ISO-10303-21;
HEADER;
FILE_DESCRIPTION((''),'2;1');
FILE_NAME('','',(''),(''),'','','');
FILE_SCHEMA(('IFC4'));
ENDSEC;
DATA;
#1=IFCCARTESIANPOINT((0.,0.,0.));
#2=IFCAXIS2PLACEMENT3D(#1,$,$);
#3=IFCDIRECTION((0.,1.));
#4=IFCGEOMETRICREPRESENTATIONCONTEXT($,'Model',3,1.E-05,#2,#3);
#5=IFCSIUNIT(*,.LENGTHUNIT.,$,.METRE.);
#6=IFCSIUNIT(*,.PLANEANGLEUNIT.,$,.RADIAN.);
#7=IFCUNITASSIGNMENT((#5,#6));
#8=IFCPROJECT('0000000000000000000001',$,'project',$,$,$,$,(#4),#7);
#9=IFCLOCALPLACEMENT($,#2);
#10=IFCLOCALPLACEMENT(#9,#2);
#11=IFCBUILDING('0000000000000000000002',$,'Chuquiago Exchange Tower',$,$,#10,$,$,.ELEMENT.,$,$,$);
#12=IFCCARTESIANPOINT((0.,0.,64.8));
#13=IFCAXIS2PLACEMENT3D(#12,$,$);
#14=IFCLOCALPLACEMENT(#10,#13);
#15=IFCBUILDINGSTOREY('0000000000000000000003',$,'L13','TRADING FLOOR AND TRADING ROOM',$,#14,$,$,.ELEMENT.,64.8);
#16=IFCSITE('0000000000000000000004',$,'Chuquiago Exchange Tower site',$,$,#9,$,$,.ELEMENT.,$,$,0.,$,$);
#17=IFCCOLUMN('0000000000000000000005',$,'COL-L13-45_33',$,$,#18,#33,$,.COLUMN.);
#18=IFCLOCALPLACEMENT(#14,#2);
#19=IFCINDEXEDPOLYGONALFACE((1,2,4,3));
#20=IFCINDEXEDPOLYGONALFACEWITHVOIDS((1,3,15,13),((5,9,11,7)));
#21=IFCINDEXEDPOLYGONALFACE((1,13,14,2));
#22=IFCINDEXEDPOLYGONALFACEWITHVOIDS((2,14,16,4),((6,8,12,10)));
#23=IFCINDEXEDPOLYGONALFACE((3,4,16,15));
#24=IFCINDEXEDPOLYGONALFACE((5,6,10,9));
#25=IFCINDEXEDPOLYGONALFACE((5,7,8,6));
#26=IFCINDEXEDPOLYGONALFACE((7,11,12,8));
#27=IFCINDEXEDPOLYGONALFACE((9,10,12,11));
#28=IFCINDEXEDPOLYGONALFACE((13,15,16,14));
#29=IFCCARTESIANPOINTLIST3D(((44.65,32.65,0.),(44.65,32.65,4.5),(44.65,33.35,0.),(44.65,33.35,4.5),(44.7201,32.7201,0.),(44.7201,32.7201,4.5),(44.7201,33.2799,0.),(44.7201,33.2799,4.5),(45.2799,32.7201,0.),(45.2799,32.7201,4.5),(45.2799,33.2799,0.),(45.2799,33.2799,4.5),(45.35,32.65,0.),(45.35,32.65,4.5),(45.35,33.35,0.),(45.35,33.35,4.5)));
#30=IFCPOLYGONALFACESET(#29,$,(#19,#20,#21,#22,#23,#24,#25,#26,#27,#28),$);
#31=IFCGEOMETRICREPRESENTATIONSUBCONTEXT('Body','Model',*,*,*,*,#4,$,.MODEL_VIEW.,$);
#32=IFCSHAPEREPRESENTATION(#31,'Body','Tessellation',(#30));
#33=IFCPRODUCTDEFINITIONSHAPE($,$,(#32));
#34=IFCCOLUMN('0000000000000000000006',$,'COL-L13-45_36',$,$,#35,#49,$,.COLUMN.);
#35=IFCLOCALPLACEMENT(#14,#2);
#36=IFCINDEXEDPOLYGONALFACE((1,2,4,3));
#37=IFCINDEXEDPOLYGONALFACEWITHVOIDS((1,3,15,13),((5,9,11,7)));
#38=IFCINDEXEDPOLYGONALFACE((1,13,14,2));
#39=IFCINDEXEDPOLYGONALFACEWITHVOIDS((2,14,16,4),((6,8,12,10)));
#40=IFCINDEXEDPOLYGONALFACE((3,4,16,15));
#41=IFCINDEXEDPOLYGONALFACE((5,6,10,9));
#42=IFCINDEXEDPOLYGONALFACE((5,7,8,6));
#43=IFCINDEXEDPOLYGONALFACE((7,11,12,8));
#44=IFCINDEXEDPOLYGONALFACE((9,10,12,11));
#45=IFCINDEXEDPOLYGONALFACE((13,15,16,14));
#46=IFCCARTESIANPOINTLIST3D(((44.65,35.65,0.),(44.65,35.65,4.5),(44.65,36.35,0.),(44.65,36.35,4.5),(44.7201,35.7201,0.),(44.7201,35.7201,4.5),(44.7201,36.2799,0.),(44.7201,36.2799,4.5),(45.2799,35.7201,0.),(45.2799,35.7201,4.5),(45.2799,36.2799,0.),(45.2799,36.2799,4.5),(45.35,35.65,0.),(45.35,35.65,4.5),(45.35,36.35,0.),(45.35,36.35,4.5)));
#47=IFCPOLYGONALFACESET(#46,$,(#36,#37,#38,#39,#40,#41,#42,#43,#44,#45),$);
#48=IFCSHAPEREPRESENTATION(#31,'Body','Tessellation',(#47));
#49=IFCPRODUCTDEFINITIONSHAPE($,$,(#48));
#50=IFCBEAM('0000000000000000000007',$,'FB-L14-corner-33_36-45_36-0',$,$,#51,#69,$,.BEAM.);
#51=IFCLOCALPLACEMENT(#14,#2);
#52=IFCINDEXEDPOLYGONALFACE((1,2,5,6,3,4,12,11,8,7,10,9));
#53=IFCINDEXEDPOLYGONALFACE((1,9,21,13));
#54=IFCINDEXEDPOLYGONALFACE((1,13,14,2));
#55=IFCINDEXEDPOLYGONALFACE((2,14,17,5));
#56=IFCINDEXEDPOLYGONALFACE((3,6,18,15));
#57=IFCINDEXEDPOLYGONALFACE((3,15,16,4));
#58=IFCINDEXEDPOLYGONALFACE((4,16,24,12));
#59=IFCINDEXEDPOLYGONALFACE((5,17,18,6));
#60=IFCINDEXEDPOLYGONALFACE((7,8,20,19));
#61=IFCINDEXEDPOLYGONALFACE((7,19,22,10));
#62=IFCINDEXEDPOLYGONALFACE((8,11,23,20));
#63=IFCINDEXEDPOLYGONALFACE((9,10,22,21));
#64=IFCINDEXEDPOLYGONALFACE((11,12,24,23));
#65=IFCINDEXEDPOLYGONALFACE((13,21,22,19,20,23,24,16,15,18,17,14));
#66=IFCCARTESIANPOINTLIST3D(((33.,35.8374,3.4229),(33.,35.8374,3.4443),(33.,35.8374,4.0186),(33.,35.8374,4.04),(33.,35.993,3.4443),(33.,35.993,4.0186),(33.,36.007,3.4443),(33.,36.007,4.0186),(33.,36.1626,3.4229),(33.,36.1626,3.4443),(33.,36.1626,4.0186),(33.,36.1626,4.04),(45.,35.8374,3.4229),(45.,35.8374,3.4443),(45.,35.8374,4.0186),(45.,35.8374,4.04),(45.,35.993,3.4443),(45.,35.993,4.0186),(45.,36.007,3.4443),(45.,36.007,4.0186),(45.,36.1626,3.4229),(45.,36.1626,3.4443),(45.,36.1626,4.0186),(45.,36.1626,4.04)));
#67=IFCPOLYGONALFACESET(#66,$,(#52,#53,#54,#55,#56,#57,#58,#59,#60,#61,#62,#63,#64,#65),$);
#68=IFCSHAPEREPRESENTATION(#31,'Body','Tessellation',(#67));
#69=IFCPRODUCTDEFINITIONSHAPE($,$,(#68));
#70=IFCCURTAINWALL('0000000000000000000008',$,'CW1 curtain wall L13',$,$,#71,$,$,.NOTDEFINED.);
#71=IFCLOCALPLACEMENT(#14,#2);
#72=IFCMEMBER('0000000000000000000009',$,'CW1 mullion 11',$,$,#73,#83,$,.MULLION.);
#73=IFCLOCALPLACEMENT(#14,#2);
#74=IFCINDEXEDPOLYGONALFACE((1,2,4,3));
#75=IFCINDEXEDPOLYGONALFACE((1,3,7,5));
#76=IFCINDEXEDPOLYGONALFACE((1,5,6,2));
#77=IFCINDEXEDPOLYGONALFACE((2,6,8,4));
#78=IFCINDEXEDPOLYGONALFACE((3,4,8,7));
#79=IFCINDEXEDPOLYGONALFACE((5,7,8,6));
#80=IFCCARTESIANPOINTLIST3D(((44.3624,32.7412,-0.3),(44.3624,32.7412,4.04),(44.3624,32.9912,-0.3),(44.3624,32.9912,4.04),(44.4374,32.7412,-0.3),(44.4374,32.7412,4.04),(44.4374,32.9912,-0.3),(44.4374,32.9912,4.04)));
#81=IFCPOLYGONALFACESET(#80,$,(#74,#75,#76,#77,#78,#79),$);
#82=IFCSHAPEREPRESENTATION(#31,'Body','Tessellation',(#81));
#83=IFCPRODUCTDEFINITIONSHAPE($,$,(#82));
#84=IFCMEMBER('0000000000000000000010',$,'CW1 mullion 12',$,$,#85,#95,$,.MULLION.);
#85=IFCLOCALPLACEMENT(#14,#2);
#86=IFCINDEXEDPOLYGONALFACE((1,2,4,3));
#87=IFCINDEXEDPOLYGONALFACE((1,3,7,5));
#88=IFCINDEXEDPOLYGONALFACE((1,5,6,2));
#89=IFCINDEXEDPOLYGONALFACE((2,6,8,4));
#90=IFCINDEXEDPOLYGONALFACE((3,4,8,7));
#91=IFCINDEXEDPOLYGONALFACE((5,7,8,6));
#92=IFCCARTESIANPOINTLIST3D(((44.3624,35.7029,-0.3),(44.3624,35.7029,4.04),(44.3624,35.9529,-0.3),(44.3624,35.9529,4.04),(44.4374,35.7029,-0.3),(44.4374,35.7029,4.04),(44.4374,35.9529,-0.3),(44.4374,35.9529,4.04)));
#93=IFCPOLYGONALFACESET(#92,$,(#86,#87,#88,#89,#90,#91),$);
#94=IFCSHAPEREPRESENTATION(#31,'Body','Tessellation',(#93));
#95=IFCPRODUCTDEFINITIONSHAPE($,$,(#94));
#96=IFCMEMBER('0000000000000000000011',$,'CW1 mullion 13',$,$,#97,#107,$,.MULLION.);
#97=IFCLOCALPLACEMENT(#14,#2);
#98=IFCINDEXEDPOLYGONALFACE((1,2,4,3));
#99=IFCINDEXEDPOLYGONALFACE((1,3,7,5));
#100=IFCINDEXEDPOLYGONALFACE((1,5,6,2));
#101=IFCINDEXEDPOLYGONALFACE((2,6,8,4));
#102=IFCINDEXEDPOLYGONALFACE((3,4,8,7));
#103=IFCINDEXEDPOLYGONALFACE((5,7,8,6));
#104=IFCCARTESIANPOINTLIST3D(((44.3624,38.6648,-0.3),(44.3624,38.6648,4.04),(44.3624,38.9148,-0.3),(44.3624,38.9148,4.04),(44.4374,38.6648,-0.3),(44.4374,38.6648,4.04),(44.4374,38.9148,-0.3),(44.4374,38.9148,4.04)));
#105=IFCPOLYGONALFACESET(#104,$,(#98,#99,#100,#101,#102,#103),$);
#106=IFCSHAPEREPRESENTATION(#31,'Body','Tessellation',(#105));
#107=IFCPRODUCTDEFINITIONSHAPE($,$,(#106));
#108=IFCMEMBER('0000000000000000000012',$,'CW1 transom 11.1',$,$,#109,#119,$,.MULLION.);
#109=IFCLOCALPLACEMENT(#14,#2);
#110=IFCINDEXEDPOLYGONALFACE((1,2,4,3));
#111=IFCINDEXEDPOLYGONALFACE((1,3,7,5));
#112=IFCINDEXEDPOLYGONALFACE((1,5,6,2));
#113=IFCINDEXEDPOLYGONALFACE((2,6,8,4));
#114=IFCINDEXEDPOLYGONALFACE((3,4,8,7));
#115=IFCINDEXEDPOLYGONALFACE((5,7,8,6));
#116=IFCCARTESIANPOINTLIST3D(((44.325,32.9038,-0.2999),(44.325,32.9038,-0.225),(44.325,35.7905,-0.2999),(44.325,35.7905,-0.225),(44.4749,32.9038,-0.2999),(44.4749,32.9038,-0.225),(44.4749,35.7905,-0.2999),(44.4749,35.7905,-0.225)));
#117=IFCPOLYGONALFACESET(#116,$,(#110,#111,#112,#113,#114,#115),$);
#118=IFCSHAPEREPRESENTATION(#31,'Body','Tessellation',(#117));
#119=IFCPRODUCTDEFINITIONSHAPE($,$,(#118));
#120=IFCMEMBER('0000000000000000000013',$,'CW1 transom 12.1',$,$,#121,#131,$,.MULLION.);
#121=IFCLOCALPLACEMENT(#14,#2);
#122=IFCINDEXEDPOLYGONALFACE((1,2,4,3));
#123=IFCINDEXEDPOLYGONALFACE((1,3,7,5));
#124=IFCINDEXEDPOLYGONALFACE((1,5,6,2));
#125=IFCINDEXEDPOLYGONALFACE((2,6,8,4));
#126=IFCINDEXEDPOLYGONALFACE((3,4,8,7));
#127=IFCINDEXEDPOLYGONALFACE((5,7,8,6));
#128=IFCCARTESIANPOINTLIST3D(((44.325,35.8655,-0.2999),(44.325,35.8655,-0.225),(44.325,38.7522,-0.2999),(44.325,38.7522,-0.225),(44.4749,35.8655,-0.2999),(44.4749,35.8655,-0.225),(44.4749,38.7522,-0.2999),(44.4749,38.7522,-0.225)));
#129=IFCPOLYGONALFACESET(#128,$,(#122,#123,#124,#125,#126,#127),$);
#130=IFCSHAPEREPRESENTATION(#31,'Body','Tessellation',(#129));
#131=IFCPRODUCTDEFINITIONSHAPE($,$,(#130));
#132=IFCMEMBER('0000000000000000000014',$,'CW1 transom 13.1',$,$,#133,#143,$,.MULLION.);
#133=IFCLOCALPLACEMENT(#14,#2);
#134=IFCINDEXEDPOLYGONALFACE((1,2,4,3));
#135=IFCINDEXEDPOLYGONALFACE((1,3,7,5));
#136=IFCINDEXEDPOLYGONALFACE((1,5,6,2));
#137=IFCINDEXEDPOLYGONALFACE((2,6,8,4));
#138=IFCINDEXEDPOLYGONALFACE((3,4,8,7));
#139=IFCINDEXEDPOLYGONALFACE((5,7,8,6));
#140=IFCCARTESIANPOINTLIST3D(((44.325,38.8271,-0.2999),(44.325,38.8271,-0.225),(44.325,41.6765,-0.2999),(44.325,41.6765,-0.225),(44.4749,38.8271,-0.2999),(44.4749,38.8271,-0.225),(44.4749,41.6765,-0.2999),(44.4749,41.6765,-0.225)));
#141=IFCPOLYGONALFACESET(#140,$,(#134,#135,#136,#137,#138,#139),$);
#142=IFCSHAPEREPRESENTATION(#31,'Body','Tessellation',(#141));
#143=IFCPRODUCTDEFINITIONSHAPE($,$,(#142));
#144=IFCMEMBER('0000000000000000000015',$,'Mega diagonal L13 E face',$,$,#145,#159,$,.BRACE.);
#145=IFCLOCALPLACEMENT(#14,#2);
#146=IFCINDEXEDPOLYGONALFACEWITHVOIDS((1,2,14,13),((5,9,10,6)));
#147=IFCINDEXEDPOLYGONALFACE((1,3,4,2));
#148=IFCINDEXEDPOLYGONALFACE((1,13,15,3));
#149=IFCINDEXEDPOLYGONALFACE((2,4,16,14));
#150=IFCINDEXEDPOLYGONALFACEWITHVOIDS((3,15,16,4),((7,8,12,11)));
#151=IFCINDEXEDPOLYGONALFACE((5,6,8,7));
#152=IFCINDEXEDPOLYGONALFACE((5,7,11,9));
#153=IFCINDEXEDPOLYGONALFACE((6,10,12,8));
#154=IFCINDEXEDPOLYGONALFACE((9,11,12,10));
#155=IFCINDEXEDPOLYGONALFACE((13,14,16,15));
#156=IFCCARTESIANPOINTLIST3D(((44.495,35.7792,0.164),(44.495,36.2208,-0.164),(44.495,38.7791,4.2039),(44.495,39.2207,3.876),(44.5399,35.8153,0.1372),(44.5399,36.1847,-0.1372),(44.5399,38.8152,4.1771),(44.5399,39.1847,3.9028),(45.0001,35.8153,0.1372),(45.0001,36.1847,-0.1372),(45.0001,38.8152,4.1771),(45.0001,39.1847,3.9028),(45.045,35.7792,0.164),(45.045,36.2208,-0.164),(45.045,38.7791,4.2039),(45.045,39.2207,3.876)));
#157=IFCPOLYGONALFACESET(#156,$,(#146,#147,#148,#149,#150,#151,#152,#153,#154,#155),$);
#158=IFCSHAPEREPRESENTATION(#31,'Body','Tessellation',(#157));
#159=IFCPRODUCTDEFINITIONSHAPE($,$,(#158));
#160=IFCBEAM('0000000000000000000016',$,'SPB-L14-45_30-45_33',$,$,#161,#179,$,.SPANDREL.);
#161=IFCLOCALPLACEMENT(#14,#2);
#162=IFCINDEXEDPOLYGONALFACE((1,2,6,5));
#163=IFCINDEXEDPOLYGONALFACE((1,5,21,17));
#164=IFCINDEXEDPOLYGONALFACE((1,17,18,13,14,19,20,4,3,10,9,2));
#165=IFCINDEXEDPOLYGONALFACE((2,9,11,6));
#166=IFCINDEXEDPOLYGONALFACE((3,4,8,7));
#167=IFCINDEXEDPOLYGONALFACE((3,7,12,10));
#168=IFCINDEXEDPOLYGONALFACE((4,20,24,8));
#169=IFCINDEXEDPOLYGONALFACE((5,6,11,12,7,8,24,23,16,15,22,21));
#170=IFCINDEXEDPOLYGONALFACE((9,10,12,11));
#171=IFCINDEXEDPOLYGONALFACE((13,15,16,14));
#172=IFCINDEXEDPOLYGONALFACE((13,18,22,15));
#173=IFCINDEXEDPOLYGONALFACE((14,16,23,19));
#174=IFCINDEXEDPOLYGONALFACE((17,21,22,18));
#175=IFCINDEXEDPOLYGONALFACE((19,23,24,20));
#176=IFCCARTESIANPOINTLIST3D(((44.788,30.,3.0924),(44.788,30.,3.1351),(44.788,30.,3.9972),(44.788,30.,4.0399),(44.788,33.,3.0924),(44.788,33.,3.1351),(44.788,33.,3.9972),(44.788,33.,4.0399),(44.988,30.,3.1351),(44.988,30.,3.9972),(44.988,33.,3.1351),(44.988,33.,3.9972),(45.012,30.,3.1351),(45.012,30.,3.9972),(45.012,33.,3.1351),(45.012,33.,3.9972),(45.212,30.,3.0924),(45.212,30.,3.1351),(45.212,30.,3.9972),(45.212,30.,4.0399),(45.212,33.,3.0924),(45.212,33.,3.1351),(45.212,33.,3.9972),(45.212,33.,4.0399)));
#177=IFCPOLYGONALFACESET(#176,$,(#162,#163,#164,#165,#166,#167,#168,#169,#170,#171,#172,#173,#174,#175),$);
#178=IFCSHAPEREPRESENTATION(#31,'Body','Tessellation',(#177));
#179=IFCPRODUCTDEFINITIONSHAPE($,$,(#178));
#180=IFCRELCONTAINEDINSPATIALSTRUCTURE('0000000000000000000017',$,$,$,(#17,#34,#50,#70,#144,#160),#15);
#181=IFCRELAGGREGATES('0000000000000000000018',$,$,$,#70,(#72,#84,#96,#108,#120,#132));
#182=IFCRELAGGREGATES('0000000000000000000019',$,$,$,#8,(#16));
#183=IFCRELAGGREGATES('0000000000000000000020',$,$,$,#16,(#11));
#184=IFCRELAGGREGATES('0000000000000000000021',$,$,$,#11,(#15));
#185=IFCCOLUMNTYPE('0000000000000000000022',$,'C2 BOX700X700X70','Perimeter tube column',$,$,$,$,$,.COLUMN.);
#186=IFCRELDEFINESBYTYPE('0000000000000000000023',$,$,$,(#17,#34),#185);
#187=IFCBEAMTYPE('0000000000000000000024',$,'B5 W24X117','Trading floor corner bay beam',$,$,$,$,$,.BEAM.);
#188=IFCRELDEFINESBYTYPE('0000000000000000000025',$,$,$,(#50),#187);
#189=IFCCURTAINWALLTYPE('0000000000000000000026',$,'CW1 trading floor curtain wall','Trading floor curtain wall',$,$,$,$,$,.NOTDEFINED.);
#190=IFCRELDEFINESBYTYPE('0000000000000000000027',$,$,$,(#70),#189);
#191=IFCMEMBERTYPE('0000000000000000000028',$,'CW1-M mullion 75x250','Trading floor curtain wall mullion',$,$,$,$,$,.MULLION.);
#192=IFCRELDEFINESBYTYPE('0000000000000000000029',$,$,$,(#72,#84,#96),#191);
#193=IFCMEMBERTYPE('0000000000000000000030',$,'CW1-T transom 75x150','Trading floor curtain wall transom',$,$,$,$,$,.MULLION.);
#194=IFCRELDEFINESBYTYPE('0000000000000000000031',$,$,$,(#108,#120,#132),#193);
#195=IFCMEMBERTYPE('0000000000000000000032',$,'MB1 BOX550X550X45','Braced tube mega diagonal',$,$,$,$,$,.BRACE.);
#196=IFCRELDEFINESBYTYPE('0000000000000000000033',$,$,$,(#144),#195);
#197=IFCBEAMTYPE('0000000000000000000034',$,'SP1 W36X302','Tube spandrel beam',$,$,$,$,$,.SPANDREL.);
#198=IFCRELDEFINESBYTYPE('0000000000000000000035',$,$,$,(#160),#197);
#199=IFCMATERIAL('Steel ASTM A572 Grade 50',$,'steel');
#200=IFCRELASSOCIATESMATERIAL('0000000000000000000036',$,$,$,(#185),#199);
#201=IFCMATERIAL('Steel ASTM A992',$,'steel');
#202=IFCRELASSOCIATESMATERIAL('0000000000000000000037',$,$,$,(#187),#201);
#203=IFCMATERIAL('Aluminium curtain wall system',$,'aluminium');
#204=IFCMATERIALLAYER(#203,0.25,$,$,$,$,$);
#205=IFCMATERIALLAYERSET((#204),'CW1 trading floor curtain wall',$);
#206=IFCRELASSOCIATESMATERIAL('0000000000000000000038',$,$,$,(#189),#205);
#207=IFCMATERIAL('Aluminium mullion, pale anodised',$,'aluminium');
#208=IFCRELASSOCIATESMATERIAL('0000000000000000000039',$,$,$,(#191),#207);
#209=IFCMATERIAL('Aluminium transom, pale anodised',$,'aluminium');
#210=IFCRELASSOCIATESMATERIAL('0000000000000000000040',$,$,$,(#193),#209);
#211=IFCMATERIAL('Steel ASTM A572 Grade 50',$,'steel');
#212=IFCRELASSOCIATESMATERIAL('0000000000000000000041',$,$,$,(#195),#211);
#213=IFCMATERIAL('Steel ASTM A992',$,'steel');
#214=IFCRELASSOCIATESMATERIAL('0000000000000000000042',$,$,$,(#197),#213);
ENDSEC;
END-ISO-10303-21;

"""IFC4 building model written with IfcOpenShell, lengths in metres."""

from ifc_helpers import new_model, si_unit, direction, frame, origin, origin_2d, place, context, subcontext, project, spatial, rectangle, hollow_rectangle, i_section, extrude, material, layer, layer_set, material_profile, profile_set, type_object, element, aggregate, save


model = new_model("IFC4")

# Units and contexts
model_context = context("Model", 3, precision=1e-05, world=origin(), true_north=direction((0.0, 1.0)))
body_context = subcontext(model_context, "Body", "Model", "MODEL_VIEW")
ifc_project = project(units=[si_unit("LENGTHUNIT", "METRE"), si_unit("PLANEANGLEUNIT", "RADIAN")], contexts=[model_context])

# Site, building, storey
site_placement = place(None, origin())
site = spatial("IfcSite", under=ifc_project, at=site_placement, Name="Chuquiago Exchange Tower site", CompositionType="ELEMENT", RefElevation=0.0)
building_placement = place(site_placement, origin())
building = spatial("IfcBuilding", under=site, at=building_placement, Name="Chuquiago Exchange Tower", CompositionType="ELEMENT")
storey_placement = place(building_placement, frame((0.0, 0.0, 64.8)))
storey = spatial("IfcBuildingStorey", under=building, at=storey_placement, Name="L13", Description="TRADING FLOOR AND TRADING ROOM", CompositionType="ELEMENT", Elevation=64.8)

# Columns
ifc_material_1 = material(Name="Steel ASTM A572 Grade 50", Category="steel")
ifc_material_profile_1 = material_profile(ifc_material_1, hollow_rectangle(XDim=0.7, YDim=0.7, WallThickness=0.0701, at=origin_2d()), Name="BOX700X700X70")
ifc_profile_set_1 = profile_set([ifc_material_profile_1], Name="Steel ASTM A572 Grade 50")
column_type = type_object("IfcColumnType", Name="C2 BOX700X700X70", Description="Perimeter tube column", PredefinedType="COLUMN", material=ifc_profile_set_1)
for number, where, z_axis, x_axis, name in (
    (1, (45.0, 33.0, 0.0), (0.0, 0.0, 1.0), (1.0, 0.0, 0.0), "COL-L13-45_33"),
    (2, (45.0, 36.0, 0.0), (0.0, 0.0, 1.0), (1.0, 0.0, 0.0), "COL-L13-45_36"),
):
    element("IfcColumn", number, at=place(storey_placement, frame(where, z_axis=z_axis, x_axis=x_axis)), inside=storey, type_object=column_type, Name=name, PredefinedType="COLUMN", context=body_context, shape_type="SweptSolid", body=[
        extrude(hollow_rectangle(XDim=0.7, YDim=0.7, WallThickness=0.0701, at=origin_2d()), origin(), (0.0, 0.0, 1.0), 4.5),
    ])

# Beam
ifc_material_2 = material(Name="Steel ASTM A992", Category="steel")
ifc_material_profile_2 = material_profile(ifc_material_2, i_section(OverallWidth=0.3252, OverallDepth=0.6172, WebThickness=0.0139, FlangeThickness=0.0215, at=origin_2d()), Name="W24X117")
ifc_profile_set_2 = profile_set([ifc_material_profile_2], Name="Steel ASTM A992")
beam_type_1 = type_object("IfcBeamType", Name="B5 W24X117", Description="Trading floor corner bay beam", PredefinedType="BEAM", material=ifc_profile_set_2)
beam_placement = place(storey_placement, frame((33.0, 36.0, 3.7314), z_axis=(1.0, 0.0, 0.0), x_axis=(0.0, 1.0, 0.0)))
element("IfcBeam", 3, at=beam_placement, inside=storey, type_object=beam_type_1, Name="FB-L14-corner-33_36-45_36-0", PredefinedType="BEAM", context=body_context, shape_type="SweptSolid", body=[
    extrude(i_section(OverallWidth=0.3252, OverallDepth=0.6172, WebThickness=0.0139, FlangeThickness=0.0215, at=origin_2d()), origin(), (0.0, 0.0, 1.0), 12.0),
])

# Curtain wall, members
ifc_material_3 = material(Name="Aluminium curtain wall system", Category="aluminium")
ifc_layer_1 = layer(ifc_material_3, 0.25)
ifc_layer_set_1 = layer_set([ifc_layer_1], Name="CW1 trading floor curtain wall")
curtain_wall_type = type_object("IfcCurtainWallType", Name="CW1 trading floor curtain wall", Description="Trading floor curtain wall", PredefinedType="NOTDEFINED", material=ifc_layer_set_1)
curtain_wall_placement = place(storey_placement, origin())
curtain_wall = element("IfcCurtainWall", 4, at=curtain_wall_placement, inside=storey, type_object=curtain_wall_type, Name="CW1 curtain wall L13", PredefinedType="NOTDEFINED")
ifc_material_4 = material(Name="Aluminium mullion, pale anodised", Category="aluminium")
ifc_material_profile_3 = material_profile(ifc_material_4, rectangle(XDim=0.075, YDim=0.25, at=origin_2d()), Name="AL 75x250")
ifc_profile_set_3 = profile_set([ifc_material_profile_3], Name="Aluminium mullion, pale anodised")
member_type_1 = type_object("IfcMemberType", Name="CW1-M mullion 75x250", Description="Trading floor curtain wall mullion", PredefinedType="MULLION", material=ifc_profile_set_3)
member_1_placement = place(storey_placement, frame((44.3999, 32.8662, -0.3), z_axis=(0.0, 0.0, 1.0), x_axis=(-1.0, 0.0, 0.0)))
member_1 = element("IfcMember", 5, at=member_1_placement, type_object=member_type_1, Name="CW1 mullion 11", PredefinedType="MULLION", context=body_context, shape_type="SweptSolid", body=[
    extrude(rectangle(XDim=0.075, YDim=0.25, at=origin_2d()), origin(), (0.0, 0.0, 1.0), 4.3401),
])
member_2_placement = place(storey_placement, frame((44.3999, 35.8279, -0.3), z_axis=(0.0, 0.0, 1.0), x_axis=(-1.0, 0.0, 0.0)))
member_2 = element("IfcMember", 6, at=member_2_placement, type_object=member_type_1, Name="CW1 mullion 12", PredefinedType="MULLION", context=body_context, shape_type="SweptSolid", body=[
    extrude(rectangle(XDim=0.075, YDim=0.25, at=origin_2d()), origin(), (0.0, 0.0, 1.0), 4.3401),
])
member_3_placement = place(storey_placement, frame((44.3999, 38.7898, -0.3), z_axis=(0.0, 0.0, 1.0), x_axis=(-1.0, 0.0, 0.0)))
member_3 = element("IfcMember", 7, at=member_3_placement, type_object=member_type_1, Name="CW1 mullion 13", PredefinedType="MULLION", context=body_context, shape_type="SweptSolid", body=[
    extrude(rectangle(XDim=0.075, YDim=0.25, at=origin_2d()), origin(), (0.0, 0.0, 1.0), 4.3401),
])
ifc_material_5 = material(Name="Aluminium transom, pale anodised", Category="aluminium")
ifc_material_profile_4 = material_profile(ifc_material_5, rectangle(XDim=0.1499, YDim=0.075, at=origin_2d()), Name="AL 150x75")
ifc_profile_set_4 = profile_set([ifc_material_profile_4], Name="Aluminium transom, pale anodised")
member_type_2 = type_object("IfcMemberType", Name="CW1-T transom 75x150", Description="Trading floor curtain wall transom", PredefinedType="MULLION", material=ifc_profile_set_4)
member_4_placement = place(storey_placement, frame((44.3999, 32.9038, -0.2625), z_axis=(0.0, 1.0, 0.0), x_axis=(-1.0, 0.0, 0.0)))
member_4 = element("IfcMember", 8, at=member_4_placement, type_object=member_type_2, Name="CW1 transom 11.1", PredefinedType="MULLION", context=body_context, shape_type="SweptSolid", body=[
    extrude(rectangle(XDim=0.1499, YDim=0.075, at=origin_2d()), origin(), (0.0, 0.0, 1.0), 2.8867),
])
member_5_placement = place(storey_placement, frame((44.3999, 35.8655, -0.2625), z_axis=(0.0, 1.0, 0.0), x_axis=(-1.0, 0.0, 0.0)))
member_5 = element("IfcMember", 9, at=member_5_placement, type_object=member_type_2, Name="CW1 transom 12.1", PredefinedType="MULLION", context=body_context, shape_type="SweptSolid", body=[
    extrude(rectangle(XDim=0.1499, YDim=0.075, at=origin_2d()), origin(), (0.0, 0.0, 1.0), 2.8867),
])
member_6_placement = place(storey_placement, frame((44.3999, 38.8271, -0.2625), z_axis=(0.0, 1.0, 0.0), x_axis=(-1.0, 0.0, 0.0)))
member_6 = element("IfcMember", 10, at=member_6_placement, type_object=member_type_2, Name="CW1 transom 13.1", PredefinedType="MULLION", context=body_context, shape_type="SweptSolid", body=[
    extrude(rectangle(XDim=0.1499, YDim=0.075, at=origin_2d()), origin(), (0.0, 0.0, 1.0), 2.8494),
])

# Member
ifc_material_6 = material(Name="Steel ASTM A572 Grade 50", Category="steel")
ifc_material_profile_5 = material_profile(ifc_material_6, hollow_rectangle(XDim=0.55, YDim=0.55, WallThickness=0.0449, at=origin_2d()), Name="BOX550X550X45")
ifc_profile_set_5 = profile_set([ifc_material_profile_5], Name="Steel ASTM A572 Grade 50")
member_type_3 = type_object("IfcMemberType", Name="MB1 BOX550X550X45", Description="Braced tube mega diagonal", PredefinedType="BRACE", material=ifc_profile_set_5)
member_7_placement = place(storey_placement, frame((44.77, 36.0, 0.0), z_axis=(0.0, 0.596174, 0.802855), x_axis=(-1.0, 0.0, 0.0)))
element("IfcMember", 11, at=member_7_placement, inside=storey, type_object=member_type_3, Name="Mega diagonal L13 E face", PredefinedType="BRACE", context=body_context, shape_type="SweptSolid", body=[
    extrude(hollow_rectangle(XDim=0.55, YDim=0.55, WallThickness=0.0449, at=origin_2d()), origin(), (0.0, 0.0, 1.0), 5.032),
])

# Beam
ifc_material_7 = material(Name="Steel ASTM A992", Category="steel")
ifc_material_profile_6 = material_profile(ifc_material_7, i_section(OverallWidth=0.4241, OverallDepth=0.9475, WebThickness=0.0239, FlangeThickness=0.0427, at=origin_2d()), Name="W36X302")
ifc_profile_set_6 = profile_set([ifc_material_profile_6], Name="Steel ASTM A992")
beam_type_2 = type_object("IfcBeamType", Name="SP1 W36X302", Description="Tube spandrel beam", PredefinedType="SPANDREL", material=ifc_profile_set_6)
for number, where, z_axis, x_axis, name in (
    (12, (45.0, 30.0, 3.5662), (0.0, 1.0, 0.0), (-1.0, 0.0, 0.0), "SPB-L14-45_30-45_33"),
):
    element("IfcBeam", number, at=place(storey_placement, frame(where, z_axis=z_axis, x_axis=x_axis)), inside=storey, type_object=beam_type_2, Name=name, PredefinedType="SPANDREL", context=body_context, shape_type="SweptSolid", body=[
        extrude(i_section(OverallWidth=0.4241, OverallDepth=0.9475, WebThickness=0.0239, FlangeThickness=0.0427, at=origin_2d()), origin(), (0.0, 0.0, 1.0), 3.0),
    ])

aggregate(curtain_wall, [member_1, member_2, member_3, member_4, member_5, member_6])

save(model, "model.ifc")
